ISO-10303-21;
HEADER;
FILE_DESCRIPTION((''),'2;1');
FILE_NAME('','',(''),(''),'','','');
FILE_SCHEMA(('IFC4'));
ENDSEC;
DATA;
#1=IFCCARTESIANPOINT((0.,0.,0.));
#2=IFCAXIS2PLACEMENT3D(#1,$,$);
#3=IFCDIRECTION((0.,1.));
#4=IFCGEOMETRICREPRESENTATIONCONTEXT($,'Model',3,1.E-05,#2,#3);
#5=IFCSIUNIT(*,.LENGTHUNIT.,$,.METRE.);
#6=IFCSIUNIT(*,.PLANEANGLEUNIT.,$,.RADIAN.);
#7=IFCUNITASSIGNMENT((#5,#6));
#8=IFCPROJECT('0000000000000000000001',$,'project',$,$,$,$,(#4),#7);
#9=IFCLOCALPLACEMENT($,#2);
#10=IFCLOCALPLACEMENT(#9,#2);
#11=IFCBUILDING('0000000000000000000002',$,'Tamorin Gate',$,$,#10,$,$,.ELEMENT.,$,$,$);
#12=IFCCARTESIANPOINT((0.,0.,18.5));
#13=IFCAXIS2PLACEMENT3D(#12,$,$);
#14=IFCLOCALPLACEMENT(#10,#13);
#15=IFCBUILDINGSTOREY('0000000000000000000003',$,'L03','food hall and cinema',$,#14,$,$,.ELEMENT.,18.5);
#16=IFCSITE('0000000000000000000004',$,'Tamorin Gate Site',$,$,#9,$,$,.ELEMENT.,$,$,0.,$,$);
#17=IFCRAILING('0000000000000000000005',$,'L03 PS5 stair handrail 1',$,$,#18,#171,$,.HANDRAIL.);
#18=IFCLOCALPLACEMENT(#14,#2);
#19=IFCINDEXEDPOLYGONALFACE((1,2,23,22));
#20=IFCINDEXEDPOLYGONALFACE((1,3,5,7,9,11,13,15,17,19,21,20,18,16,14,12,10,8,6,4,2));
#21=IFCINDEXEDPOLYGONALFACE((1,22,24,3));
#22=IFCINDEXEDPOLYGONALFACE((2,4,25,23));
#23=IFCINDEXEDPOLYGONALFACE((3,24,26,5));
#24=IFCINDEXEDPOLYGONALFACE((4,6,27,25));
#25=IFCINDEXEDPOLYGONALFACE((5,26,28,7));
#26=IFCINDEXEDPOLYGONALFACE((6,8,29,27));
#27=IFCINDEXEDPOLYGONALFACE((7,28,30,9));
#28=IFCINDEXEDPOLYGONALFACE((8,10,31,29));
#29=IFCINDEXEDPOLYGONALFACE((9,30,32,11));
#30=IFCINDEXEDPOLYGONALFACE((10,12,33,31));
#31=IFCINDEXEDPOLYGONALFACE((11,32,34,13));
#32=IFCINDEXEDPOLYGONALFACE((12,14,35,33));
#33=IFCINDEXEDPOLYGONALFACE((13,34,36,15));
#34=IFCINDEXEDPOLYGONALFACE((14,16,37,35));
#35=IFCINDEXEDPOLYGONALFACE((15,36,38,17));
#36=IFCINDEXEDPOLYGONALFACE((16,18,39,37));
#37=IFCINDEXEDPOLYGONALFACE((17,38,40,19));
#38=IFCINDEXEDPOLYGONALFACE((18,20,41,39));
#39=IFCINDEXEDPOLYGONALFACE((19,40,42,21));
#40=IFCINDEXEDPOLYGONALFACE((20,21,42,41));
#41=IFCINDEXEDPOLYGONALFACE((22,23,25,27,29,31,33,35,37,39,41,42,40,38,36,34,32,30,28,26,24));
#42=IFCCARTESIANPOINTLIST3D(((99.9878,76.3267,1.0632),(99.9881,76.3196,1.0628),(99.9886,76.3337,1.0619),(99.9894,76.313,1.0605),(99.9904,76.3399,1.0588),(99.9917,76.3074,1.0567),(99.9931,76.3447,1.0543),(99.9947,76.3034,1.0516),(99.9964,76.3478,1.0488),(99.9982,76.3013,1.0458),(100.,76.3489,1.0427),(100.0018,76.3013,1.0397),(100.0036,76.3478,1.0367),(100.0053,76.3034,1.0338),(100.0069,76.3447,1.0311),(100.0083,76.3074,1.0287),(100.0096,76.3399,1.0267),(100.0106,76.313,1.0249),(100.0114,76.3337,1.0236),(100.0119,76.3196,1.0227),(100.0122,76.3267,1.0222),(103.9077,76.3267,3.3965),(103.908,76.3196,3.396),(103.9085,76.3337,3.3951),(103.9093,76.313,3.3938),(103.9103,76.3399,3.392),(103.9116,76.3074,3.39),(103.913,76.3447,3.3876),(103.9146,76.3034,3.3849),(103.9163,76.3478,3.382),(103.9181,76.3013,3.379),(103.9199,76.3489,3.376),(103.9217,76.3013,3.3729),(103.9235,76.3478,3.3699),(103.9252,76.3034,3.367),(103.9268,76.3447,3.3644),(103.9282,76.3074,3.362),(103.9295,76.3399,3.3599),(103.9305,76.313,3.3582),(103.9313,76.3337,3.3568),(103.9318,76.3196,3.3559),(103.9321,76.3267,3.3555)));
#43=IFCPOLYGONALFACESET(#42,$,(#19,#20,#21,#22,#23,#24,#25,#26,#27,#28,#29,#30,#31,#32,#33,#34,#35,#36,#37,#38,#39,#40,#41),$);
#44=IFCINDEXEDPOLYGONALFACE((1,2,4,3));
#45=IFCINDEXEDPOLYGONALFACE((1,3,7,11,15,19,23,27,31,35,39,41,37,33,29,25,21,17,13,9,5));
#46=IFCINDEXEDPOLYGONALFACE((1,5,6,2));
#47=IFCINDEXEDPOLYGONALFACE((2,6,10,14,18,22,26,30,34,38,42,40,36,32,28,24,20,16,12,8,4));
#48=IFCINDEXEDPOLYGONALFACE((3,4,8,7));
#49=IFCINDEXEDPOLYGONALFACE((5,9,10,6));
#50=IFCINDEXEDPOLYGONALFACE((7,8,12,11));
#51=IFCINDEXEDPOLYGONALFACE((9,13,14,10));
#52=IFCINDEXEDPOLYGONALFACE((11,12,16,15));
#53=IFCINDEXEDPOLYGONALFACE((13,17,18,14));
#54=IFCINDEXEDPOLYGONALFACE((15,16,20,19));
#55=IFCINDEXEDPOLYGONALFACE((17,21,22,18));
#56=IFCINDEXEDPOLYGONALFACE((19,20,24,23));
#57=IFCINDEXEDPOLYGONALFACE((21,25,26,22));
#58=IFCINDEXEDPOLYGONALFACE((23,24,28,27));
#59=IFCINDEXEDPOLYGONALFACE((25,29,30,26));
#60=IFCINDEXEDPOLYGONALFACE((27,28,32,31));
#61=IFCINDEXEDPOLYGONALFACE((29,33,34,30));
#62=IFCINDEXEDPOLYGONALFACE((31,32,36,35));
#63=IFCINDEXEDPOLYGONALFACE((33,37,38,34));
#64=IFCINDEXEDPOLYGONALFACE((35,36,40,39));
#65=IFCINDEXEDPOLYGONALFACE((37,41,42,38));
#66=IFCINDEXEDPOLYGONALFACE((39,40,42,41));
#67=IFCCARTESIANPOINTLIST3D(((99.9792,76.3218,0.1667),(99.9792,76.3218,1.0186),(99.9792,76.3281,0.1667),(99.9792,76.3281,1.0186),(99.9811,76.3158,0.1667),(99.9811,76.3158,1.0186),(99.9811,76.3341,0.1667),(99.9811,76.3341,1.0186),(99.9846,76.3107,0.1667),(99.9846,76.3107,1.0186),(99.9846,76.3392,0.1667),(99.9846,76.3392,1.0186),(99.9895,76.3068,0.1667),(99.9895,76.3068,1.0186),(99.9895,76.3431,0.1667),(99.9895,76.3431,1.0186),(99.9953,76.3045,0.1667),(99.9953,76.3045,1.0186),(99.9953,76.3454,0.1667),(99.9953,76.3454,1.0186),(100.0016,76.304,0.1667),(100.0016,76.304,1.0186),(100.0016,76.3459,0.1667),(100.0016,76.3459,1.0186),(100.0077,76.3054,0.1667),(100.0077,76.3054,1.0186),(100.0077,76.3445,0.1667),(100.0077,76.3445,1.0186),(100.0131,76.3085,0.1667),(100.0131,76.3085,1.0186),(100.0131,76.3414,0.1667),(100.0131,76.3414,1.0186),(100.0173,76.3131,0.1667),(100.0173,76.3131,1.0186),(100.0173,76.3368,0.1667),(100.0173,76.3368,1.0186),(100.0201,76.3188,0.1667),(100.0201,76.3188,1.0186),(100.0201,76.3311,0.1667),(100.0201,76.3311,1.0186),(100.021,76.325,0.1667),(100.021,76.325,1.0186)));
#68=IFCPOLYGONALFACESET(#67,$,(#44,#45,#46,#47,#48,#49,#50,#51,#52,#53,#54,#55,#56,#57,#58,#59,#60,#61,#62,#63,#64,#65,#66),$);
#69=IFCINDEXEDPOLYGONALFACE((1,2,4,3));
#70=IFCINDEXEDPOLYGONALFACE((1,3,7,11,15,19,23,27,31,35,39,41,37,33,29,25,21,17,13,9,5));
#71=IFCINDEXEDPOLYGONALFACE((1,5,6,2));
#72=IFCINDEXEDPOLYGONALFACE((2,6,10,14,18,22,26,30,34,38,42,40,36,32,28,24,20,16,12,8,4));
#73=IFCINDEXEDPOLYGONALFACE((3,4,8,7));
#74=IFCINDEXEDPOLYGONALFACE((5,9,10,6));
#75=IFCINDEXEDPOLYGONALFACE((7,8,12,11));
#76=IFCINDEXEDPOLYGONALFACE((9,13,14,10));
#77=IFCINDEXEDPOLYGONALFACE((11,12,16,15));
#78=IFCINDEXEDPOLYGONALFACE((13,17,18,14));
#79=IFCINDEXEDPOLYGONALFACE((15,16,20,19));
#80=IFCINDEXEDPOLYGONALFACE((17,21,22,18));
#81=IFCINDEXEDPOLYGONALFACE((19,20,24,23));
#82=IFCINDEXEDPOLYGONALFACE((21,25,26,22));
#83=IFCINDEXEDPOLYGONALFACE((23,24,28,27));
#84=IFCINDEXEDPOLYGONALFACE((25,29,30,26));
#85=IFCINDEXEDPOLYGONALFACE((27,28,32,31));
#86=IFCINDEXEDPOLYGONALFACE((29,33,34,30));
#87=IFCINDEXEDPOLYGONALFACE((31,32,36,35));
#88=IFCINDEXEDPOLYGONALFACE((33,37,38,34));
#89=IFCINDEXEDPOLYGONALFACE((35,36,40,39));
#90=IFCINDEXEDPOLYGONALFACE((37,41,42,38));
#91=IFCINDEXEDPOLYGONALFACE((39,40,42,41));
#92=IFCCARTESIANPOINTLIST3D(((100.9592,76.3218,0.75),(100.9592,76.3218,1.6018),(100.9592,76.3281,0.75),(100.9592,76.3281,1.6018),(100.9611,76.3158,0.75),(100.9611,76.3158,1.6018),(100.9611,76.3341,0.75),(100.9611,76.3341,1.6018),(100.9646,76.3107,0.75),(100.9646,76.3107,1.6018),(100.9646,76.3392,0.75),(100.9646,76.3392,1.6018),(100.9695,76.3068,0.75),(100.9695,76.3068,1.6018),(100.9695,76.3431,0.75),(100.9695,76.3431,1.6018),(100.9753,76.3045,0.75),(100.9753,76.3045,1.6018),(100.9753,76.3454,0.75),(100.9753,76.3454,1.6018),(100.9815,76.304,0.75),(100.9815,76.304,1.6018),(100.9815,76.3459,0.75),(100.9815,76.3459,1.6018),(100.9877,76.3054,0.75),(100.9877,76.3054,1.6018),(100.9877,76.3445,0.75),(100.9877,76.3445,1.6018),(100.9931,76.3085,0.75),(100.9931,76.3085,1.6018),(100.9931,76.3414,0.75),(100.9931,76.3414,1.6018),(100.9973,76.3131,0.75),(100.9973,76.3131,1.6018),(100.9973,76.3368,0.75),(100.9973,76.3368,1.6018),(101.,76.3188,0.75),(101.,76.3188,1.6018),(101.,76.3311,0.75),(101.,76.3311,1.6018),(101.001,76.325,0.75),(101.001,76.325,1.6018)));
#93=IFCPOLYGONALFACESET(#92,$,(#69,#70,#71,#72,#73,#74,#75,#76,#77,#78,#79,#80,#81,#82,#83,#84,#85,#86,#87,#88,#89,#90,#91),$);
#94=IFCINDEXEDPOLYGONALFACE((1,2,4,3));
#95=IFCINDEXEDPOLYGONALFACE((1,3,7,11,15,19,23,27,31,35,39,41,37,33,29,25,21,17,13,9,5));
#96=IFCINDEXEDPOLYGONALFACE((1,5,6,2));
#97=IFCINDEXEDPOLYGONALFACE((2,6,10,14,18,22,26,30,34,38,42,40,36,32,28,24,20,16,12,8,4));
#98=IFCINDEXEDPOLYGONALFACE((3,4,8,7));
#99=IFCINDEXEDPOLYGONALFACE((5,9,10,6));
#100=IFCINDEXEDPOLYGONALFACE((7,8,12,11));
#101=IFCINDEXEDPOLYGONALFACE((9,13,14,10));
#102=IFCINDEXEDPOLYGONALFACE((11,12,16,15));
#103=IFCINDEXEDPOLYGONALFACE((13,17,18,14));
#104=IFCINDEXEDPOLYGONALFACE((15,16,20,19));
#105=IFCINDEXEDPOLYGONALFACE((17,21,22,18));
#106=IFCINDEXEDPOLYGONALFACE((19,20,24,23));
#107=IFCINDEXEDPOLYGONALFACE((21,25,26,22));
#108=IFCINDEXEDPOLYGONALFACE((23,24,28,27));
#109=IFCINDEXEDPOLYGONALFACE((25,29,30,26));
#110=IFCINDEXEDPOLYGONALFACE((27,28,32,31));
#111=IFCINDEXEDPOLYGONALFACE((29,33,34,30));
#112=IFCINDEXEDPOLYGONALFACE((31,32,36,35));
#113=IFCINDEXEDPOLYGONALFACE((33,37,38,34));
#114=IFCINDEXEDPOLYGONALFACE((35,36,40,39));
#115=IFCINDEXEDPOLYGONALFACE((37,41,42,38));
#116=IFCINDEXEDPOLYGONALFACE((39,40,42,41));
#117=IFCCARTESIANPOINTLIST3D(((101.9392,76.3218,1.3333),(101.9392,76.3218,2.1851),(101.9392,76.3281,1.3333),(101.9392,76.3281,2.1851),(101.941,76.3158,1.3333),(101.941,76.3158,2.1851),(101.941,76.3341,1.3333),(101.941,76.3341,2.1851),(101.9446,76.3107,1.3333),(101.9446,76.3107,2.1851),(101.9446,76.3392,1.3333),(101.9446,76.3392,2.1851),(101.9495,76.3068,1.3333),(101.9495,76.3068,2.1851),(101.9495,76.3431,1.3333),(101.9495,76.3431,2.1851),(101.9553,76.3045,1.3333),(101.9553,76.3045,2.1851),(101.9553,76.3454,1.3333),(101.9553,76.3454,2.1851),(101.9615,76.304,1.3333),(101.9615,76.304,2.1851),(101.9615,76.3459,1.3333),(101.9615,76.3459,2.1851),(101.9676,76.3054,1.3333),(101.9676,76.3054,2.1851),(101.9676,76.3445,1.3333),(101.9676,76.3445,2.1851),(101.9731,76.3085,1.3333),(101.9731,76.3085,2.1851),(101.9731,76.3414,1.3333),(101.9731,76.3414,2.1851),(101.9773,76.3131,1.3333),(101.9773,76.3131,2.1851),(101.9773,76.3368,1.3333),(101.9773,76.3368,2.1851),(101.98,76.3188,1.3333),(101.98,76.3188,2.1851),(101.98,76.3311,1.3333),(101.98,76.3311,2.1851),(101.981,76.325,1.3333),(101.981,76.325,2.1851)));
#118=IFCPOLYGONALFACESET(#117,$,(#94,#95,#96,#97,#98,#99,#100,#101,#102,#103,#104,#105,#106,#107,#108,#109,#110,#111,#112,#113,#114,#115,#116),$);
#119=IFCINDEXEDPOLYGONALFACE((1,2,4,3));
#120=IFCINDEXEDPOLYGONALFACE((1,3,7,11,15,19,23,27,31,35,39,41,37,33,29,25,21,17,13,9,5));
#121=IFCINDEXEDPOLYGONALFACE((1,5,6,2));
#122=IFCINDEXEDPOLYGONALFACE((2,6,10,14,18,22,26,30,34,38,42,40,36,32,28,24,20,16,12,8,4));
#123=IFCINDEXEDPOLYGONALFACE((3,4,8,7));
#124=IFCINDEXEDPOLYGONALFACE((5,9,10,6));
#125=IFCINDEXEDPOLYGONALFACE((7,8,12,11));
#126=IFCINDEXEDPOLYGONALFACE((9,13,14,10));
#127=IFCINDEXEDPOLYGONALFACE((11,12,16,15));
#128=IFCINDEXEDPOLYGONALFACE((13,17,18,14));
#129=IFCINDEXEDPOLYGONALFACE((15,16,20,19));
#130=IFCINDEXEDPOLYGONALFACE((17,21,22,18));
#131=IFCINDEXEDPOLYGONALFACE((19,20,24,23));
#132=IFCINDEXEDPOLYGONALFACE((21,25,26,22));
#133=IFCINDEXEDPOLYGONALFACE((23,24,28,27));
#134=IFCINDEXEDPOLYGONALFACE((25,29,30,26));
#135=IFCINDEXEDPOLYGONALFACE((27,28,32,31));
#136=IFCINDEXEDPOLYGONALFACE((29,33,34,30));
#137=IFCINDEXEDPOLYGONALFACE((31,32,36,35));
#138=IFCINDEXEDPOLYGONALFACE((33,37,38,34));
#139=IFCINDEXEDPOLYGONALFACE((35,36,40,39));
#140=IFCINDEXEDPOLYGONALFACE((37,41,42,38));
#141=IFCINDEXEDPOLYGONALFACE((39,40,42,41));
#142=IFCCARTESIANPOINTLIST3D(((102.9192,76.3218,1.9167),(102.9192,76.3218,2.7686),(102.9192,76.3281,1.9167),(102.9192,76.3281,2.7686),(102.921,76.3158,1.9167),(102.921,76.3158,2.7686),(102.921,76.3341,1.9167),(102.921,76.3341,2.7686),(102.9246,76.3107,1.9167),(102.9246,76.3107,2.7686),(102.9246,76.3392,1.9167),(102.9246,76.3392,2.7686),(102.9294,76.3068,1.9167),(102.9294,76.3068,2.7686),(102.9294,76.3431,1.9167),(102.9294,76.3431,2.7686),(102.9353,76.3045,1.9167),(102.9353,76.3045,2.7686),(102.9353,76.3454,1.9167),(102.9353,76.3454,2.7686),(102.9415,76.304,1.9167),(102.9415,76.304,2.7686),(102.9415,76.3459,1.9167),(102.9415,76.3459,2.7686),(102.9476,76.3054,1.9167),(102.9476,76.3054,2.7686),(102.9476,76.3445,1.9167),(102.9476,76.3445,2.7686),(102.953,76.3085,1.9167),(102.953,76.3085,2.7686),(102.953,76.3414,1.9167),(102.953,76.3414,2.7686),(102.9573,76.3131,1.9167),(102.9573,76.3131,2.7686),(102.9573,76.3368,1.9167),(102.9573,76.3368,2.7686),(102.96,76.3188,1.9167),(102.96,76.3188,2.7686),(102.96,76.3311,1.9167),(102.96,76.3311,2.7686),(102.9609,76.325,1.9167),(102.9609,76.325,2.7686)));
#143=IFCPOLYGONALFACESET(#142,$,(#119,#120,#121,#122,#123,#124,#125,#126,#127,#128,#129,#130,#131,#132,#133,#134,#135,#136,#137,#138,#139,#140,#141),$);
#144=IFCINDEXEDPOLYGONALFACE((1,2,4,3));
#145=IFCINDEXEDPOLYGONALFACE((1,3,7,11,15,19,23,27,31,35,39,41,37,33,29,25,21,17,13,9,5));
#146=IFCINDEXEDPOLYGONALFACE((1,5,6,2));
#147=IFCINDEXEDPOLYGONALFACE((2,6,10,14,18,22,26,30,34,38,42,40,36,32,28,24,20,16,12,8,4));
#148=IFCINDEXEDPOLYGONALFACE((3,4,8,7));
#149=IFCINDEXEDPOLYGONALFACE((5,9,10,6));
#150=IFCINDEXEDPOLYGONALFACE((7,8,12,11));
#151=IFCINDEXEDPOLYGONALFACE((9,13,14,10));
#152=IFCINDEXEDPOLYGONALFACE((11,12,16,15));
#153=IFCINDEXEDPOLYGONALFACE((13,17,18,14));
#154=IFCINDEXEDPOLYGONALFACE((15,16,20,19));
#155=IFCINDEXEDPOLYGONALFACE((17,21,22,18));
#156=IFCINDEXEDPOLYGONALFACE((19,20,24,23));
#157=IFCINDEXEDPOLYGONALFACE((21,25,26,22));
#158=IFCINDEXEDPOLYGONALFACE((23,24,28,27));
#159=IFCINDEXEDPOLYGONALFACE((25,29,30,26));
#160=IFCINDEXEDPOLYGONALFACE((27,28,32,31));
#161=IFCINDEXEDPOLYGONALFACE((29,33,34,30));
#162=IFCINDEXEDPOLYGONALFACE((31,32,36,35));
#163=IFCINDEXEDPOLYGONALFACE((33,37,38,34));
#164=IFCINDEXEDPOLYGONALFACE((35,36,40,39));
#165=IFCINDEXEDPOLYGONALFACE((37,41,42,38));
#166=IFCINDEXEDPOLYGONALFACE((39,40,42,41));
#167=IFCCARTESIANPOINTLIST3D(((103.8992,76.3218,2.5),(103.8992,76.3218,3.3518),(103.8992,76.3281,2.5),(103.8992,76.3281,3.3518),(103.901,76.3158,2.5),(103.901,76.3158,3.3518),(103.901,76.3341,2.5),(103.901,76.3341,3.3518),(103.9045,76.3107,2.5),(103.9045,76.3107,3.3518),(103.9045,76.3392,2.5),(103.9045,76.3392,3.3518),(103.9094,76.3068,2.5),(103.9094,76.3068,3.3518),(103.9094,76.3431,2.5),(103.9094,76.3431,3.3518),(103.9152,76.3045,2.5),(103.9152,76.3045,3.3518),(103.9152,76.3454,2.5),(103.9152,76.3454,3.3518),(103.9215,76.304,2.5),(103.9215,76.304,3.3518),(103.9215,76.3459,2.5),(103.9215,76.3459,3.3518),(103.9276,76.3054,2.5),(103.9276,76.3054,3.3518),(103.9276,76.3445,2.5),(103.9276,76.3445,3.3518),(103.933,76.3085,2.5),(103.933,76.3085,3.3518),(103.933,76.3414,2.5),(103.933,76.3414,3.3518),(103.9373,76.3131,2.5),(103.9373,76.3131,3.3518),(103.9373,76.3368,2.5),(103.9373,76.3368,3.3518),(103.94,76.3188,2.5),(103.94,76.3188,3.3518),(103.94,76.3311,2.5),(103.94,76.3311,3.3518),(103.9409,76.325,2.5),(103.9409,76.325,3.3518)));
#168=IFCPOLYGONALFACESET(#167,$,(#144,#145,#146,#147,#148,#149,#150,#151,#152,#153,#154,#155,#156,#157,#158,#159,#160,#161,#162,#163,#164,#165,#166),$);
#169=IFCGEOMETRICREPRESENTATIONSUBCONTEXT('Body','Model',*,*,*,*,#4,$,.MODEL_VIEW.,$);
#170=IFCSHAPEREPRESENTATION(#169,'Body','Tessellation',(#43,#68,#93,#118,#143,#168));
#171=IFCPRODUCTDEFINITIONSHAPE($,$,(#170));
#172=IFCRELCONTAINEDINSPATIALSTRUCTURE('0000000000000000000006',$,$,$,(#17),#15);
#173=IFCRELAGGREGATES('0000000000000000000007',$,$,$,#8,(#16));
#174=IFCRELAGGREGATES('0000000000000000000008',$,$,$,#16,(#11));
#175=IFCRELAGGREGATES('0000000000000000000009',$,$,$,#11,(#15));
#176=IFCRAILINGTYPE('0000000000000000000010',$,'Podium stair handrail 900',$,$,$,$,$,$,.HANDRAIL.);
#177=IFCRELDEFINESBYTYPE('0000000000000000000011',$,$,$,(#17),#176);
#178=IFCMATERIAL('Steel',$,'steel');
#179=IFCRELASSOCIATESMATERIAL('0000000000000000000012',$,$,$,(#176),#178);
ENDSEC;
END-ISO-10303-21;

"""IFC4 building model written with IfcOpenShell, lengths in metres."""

from ifc_helpers import new_model, si_unit, direction, frame, origin, origin_2d, place, context, subcontext, project, spatial, circle, extrude, material, type_object, element, save


model = new_model("IFC4")

# Units and contexts
model_context = context("Model", 3, precision=1e-05, world=origin(), true_north=direction((0.0, 1.0)))
body_context = subcontext(model_context, "Body", "Model", "MODEL_VIEW")
ifc_project = project(units=[si_unit("LENGTHUNIT", "METRE"), si_unit("PLANEANGLEUNIT", "RADIAN")], contexts=[model_context])

# Site, building, storey
site_placement = place(None, origin())
site = spatial("IfcSite", under=ifc_project, at=site_placement, Name="Tamorin Gate Site", CompositionType="ELEMENT", RefElevation=0.0)
building_placement = place(site_placement, origin())
building = spatial("IfcBuilding", under=site, at=building_placement, Name="Tamorin Gate", CompositionType="ELEMENT")
storey_placement = place(building_placement, frame((0.0, 0.0, 18.5)))
storey = spatial("IfcBuildingStorey", under=building, at=storey_placement, Name="L03", Description="food hall and cinema", CompositionType="ELEMENT", Elevation=18.5)

# Railing
ifc_material_1 = material(Name="Steel", Category="steel")
railing_type_1 = type_object("IfcRailingType", Name="Podium stair handrail 900", PredefinedType="HANDRAIL", material=ifc_material_1)
railing_1_placement = place(storey_placement, frame((100.0, 76.325, 0.1667)))
element("IfcRailing", 1, at=railing_1_placement, inside=storey, type_object=railing_type_1, Name="L03 PS5 stair handrail 1", PredefinedType="HANDRAIL", context=body_context, shape_type="SweptSolid", body=[
    extrude(circle(Radius=0.0239, at=origin_2d()), frame((0.0, 0.0, 0.876), z_axis=(0.859296, 0.0, 0.511478), x_axis=(0.0, 1.0, 0.0)), (0.0, 0.0, 1.0), 4.5618),
    extrude(circle(Radius=0.021, at=origin_2d()), origin(), (0.0, 0.0, 1.0), 0.8518),
    extrude(circle(Radius=0.021, at=origin_2d()), frame((0.98, 0.0, 0.5833)), (0.0, 0.0, 1.0), 0.8518),
    extrude(circle(Radius=0.021, at=origin_2d()), frame((1.96, 0.0, 1.1665)), (0.0, 0.0, 1.0), 0.8518),
    extrude(circle(Radius=0.021, at=origin_2d()), frame((2.9399, 0.0, 1.75)), (0.0, 0.0, 1.0), 0.8518),
    extrude(circle(Radius=0.021, at=origin_2d()), frame((3.9199, 0.0, 2.3333)), (0.0, 0.0, 1.0), 0.8518),
])

save(model, "model.ifc")
